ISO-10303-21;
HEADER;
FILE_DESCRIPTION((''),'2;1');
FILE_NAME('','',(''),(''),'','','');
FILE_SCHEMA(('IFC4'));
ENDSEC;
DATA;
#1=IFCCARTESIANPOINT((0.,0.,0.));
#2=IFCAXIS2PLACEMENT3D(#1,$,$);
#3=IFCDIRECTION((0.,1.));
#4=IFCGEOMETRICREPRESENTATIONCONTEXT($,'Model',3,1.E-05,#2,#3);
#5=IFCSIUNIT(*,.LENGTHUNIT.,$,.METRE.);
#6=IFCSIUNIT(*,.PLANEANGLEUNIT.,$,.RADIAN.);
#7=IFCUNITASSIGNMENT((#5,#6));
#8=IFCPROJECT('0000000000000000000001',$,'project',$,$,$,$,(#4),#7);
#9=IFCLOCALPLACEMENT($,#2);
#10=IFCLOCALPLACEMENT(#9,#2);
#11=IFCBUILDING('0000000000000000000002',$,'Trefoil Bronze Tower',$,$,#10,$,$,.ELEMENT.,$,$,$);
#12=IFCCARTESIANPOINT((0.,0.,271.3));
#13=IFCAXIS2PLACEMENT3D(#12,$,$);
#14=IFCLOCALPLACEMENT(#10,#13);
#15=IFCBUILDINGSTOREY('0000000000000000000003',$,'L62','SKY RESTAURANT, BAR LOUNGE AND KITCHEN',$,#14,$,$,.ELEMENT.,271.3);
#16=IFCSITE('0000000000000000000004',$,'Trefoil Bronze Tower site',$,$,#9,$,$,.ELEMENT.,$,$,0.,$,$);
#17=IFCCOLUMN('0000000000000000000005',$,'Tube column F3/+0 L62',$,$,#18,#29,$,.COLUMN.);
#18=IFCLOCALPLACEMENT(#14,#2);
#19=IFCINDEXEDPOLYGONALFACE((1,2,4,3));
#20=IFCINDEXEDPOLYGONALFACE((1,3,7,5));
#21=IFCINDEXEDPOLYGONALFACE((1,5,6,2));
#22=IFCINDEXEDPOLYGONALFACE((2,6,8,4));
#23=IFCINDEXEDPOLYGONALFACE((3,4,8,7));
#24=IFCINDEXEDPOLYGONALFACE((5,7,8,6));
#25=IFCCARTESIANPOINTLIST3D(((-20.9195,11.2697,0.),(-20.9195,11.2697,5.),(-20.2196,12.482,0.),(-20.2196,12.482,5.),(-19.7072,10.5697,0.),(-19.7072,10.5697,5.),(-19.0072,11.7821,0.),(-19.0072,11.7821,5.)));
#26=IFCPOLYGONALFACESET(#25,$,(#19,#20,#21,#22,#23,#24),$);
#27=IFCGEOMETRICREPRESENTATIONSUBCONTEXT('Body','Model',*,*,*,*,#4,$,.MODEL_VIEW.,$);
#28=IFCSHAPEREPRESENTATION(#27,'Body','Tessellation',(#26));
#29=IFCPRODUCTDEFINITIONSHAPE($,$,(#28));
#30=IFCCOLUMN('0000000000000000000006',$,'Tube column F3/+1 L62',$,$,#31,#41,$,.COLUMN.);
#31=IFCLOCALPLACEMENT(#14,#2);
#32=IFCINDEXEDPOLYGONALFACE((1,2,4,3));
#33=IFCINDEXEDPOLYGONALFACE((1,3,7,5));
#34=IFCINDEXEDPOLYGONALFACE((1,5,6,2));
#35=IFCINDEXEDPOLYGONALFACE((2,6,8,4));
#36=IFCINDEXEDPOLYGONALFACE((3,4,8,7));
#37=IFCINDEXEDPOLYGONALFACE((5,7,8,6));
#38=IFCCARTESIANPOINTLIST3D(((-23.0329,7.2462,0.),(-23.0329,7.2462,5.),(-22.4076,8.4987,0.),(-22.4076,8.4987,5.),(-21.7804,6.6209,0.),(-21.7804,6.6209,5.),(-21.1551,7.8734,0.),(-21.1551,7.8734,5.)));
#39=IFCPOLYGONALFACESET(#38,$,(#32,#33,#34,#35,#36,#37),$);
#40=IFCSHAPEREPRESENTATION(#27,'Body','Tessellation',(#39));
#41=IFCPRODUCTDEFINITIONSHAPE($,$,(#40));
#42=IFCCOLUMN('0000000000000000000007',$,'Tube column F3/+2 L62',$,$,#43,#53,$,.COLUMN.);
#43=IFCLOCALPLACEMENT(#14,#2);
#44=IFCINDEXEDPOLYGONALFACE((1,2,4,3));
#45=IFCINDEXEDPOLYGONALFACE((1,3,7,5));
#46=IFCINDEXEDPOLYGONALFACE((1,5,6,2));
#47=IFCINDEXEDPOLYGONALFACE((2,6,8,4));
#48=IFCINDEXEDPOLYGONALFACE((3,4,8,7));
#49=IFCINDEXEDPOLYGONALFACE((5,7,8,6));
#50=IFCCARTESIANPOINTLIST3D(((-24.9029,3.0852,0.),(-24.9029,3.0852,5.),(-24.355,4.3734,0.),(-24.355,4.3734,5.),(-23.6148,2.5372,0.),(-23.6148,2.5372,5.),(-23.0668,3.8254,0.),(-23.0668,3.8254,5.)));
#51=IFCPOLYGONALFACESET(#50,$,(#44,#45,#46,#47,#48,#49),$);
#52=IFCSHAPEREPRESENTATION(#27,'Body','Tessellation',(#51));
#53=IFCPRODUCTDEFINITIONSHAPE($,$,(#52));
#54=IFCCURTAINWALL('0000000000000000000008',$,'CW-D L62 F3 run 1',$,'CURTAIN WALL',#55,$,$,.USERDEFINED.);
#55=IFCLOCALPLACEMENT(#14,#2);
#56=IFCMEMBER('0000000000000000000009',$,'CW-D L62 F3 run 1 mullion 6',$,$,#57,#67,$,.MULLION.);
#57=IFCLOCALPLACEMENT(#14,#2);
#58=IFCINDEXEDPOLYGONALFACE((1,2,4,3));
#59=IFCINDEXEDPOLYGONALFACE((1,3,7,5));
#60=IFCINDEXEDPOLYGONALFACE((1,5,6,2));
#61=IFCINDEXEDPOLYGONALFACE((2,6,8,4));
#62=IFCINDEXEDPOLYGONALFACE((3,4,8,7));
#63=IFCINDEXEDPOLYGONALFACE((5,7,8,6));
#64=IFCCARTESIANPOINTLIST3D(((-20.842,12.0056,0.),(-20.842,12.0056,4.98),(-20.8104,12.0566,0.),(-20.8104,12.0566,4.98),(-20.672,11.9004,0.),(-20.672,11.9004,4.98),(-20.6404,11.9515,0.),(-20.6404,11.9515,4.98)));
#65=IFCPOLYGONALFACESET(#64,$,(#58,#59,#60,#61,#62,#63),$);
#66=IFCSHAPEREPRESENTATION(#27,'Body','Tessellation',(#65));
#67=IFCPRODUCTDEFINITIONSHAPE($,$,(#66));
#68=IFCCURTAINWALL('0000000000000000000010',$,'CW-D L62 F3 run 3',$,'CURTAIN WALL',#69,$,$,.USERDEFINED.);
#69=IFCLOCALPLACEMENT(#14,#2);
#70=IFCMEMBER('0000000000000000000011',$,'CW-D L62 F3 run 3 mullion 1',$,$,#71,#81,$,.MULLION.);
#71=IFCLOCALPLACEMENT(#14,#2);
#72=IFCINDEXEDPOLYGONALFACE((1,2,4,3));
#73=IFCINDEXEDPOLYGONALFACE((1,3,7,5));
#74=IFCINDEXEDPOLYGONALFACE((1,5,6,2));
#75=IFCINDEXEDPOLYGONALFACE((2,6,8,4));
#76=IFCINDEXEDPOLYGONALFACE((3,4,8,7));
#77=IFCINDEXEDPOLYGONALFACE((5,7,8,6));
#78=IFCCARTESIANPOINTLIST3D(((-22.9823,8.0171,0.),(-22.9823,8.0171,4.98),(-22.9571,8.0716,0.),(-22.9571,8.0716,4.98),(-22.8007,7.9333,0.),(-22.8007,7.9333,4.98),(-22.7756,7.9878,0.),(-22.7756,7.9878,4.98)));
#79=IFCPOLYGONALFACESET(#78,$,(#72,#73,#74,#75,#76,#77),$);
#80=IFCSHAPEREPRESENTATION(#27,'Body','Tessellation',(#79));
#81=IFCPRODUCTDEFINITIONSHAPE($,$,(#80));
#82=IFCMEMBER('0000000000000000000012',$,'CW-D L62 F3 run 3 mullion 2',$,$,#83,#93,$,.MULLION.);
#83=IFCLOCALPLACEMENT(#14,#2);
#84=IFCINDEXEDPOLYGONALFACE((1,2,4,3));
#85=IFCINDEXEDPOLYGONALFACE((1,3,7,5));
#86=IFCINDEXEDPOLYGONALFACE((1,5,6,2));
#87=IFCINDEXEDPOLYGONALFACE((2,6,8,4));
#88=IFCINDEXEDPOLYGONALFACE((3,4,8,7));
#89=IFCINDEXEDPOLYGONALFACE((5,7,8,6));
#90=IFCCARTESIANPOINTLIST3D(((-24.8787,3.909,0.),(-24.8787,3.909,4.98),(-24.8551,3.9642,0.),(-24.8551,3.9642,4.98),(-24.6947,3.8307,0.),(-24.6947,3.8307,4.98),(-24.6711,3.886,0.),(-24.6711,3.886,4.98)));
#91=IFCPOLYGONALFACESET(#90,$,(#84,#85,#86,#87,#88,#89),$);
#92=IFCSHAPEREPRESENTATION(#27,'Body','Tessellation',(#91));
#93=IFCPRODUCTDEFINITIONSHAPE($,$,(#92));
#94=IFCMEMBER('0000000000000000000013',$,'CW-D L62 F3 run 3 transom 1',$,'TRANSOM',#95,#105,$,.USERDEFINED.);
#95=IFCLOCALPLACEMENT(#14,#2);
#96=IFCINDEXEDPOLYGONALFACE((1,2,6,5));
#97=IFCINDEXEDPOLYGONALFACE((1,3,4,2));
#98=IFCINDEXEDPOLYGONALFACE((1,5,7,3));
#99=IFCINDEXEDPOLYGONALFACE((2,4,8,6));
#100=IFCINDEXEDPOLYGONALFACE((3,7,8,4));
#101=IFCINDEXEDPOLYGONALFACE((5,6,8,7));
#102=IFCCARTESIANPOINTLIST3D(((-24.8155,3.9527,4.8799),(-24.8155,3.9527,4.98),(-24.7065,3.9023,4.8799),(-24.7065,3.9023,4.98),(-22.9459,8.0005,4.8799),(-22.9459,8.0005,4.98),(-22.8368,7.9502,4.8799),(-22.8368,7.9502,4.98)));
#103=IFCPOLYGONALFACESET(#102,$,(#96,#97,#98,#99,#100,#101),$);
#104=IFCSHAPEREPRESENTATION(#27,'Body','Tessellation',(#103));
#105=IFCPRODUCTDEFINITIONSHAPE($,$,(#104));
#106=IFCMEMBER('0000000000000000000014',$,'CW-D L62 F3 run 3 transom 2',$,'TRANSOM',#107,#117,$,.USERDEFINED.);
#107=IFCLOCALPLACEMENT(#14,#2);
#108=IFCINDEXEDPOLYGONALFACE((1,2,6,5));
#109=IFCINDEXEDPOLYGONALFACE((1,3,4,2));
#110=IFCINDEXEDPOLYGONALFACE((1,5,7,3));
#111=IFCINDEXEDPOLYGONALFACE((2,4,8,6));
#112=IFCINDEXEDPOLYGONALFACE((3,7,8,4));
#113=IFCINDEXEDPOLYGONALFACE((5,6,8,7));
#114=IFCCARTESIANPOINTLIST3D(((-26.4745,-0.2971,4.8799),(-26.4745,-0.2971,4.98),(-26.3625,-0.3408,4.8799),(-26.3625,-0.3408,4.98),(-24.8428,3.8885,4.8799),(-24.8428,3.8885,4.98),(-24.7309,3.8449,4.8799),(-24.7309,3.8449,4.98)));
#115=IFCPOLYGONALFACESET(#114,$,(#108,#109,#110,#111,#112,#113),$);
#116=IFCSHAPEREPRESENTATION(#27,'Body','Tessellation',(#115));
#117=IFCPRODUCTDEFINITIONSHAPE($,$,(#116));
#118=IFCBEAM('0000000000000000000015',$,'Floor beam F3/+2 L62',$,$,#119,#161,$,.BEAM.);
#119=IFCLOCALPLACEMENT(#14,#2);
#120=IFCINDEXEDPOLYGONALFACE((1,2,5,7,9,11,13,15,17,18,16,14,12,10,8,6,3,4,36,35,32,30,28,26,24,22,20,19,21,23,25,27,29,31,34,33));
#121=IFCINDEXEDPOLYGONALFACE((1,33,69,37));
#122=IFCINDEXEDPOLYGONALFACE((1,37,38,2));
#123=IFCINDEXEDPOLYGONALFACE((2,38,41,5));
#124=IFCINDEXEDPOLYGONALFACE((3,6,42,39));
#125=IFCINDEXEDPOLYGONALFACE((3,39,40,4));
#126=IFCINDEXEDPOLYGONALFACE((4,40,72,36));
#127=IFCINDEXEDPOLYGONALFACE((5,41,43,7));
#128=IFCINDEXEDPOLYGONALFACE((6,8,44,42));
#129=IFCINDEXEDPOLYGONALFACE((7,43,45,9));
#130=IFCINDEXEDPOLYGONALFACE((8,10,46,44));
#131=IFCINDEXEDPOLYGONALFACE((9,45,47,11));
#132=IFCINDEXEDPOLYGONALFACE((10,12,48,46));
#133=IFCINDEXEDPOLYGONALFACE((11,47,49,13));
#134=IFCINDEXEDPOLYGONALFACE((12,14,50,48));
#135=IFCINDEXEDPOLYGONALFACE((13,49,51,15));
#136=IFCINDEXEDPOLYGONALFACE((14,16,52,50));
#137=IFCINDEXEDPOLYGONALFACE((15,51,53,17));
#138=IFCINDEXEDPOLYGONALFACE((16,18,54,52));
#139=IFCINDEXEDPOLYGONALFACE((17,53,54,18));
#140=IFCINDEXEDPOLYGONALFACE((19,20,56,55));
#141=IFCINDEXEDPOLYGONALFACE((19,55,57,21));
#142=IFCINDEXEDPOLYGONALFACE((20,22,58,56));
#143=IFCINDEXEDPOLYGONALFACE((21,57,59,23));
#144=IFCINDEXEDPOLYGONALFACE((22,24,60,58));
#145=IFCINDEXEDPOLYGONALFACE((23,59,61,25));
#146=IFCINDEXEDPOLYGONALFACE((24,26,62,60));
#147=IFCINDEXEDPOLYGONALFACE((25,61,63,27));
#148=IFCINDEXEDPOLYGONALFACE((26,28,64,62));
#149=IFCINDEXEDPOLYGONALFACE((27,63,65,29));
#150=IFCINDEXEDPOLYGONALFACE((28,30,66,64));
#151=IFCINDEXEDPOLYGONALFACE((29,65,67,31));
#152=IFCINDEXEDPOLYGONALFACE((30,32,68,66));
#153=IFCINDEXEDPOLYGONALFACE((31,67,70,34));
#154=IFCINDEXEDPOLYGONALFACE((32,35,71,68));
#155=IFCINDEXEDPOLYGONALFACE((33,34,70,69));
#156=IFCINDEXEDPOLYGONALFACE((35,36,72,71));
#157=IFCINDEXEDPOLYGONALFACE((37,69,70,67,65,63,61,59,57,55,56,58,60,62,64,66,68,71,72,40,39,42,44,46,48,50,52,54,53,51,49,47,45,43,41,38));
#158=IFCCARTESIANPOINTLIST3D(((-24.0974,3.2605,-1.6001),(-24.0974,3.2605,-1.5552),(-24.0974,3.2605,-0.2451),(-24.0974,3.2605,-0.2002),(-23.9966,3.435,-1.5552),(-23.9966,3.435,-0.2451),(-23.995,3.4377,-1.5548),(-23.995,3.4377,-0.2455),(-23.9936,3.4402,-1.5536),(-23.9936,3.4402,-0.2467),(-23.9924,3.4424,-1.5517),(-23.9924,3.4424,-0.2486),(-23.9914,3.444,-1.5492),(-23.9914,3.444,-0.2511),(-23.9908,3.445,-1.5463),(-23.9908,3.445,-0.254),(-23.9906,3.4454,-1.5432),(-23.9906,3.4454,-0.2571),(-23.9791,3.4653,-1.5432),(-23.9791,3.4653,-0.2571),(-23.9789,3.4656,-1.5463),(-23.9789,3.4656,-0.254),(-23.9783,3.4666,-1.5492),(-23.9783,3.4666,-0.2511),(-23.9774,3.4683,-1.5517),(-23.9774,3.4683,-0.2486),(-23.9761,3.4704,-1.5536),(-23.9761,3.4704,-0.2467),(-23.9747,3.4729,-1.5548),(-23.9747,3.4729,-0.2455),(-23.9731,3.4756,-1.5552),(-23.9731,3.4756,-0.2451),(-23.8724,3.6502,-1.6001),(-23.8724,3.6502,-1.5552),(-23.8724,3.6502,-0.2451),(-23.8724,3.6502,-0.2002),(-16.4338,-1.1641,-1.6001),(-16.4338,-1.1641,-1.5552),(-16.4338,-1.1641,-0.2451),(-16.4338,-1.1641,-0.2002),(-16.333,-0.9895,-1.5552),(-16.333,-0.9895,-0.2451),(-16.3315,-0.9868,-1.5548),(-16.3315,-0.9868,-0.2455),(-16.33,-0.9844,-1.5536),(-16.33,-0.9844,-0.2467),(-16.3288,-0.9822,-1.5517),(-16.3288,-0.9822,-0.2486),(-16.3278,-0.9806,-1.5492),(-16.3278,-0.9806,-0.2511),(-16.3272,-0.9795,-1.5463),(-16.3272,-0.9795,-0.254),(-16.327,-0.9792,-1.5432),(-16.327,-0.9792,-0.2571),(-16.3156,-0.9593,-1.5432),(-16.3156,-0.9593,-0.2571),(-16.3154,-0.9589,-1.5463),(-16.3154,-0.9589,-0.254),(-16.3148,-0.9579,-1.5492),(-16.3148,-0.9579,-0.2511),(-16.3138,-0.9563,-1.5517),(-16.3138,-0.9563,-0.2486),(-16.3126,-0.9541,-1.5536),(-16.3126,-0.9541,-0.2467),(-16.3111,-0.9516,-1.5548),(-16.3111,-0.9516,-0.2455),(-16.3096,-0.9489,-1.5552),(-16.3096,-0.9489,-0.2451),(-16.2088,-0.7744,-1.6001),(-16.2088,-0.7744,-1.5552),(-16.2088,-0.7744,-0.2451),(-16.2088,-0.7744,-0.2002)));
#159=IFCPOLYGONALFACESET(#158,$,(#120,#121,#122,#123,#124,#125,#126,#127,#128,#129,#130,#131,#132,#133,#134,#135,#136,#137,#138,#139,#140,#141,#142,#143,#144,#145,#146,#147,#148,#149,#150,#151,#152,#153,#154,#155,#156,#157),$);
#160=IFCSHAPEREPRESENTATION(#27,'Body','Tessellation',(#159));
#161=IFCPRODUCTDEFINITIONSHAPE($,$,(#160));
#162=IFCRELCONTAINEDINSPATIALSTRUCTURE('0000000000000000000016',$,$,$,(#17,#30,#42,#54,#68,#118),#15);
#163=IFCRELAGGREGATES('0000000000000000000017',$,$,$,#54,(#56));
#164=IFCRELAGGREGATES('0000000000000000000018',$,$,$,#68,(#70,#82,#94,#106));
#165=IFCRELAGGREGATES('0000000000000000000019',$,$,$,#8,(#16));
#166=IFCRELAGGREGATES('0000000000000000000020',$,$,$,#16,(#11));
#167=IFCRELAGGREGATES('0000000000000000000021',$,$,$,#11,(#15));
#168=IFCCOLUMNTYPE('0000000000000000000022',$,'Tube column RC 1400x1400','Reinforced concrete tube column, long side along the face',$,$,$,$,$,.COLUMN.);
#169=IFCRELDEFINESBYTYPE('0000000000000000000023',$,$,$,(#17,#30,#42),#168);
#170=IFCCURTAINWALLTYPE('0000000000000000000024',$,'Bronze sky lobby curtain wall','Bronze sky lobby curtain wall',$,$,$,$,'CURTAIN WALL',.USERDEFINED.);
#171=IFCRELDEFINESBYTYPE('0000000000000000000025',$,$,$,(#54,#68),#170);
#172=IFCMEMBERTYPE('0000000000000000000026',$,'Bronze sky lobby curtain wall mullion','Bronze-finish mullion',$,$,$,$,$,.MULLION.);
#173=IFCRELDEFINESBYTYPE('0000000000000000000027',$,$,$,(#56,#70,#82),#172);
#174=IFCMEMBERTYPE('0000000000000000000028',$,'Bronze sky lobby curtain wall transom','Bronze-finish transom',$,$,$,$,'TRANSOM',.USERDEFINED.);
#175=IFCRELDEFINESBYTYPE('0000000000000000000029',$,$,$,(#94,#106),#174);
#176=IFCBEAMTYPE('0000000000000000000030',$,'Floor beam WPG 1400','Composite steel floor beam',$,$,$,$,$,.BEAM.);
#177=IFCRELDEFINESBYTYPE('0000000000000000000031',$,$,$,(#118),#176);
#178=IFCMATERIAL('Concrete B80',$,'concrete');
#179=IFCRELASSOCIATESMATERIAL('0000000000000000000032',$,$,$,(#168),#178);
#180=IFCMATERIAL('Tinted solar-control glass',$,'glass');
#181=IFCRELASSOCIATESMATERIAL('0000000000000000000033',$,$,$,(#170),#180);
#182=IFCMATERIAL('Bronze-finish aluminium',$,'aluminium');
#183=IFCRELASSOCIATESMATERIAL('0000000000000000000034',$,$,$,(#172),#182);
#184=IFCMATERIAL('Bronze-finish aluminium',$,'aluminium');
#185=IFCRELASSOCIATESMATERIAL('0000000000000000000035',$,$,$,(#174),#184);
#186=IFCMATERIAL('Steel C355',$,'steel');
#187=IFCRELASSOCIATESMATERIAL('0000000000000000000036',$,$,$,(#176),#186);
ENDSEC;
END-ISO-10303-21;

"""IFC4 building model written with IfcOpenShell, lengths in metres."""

from ifc_helpers import new_model, si_unit, direction, frame, origin, origin_2d, place, context, subcontext, project, spatial, rectangle, i_section, extrude, material, material_profile, profile_set, type_object, element, aggregate, save


model = new_model("IFC4")

# Units and contexts
model_context = context("Model", 3, precision=1e-05, world=origin(), true_north=direction((0.0, 1.0)))
body_context = subcontext(model_context, "Body", "Model", "MODEL_VIEW")
ifc_project = project(units=[si_unit("LENGTHUNIT", "METRE"), si_unit("PLANEANGLEUNIT", "RADIAN")], contexts=[model_context])

# Site, building, storey
site_placement = place(None, origin())
site = spatial("IfcSite", under=ifc_project, at=site_placement, Name="Trefoil Bronze Tower site", CompositionType="ELEMENT", RefElevation=0.0)
building_placement = place(site_placement, origin())
building = spatial("IfcBuilding", under=site, at=building_placement, Name="Trefoil Bronze Tower", CompositionType="ELEMENT")
storey_placement = place(building_placement, frame((0.0, 0.0, 271.3)))
storey = spatial("IfcBuildingStorey", under=building, at=storey_placement, Name="L62", Description="SKY RESTAURANT, BAR LOUNGE AND KITCHEN", CompositionType="ELEMENT", Elevation=271.3)

# Columns
ifc_material_1 = material(Name="Concrete B80", Category="concrete")
ifc_material_profile_1 = material_profile(ifc_material_1, rectangle(XDim=1.3999, YDim=1.3999, at=origin_2d()), Name="RC 1400x1400")
ifc_profile_set_1 = profile_set([ifc_material_profile_1], Name="Concrete B80")
column_type = type_object("IfcColumnType", Name="Tube column RC 1400x1400", Description="Reinforced concrete tube column, long side along the face", PredefinedType="COLUMN", material=ifc_profile_set_1)
for number, where, z_axis, x_axis, name in (
    (1, (-19.9634, 11.5259, 0.0), (0.0, 0.0, 1.0), (-0.5, -0.866025, 0.0), "Tube column F3/+0 L62"),
    (2, (-22.094, 7.5598, 0.0), (0.0, 0.0, 1.0), (-0.446641, -0.894713, 0.0), "Tube column F3/+1 L62"),
    (3, (-23.9849, 3.4553, 0.0), (0.0, 0.0, 1.0), (-0.391436, -0.920205, 0.0), "Tube column F3/+2 L62"),
):
    element("IfcColumn", number, at=place(storey_placement, frame(where, z_axis=z_axis, x_axis=x_axis)), inside=storey, type_object=column_type, Name=name, PredefinedType="COLUMN", context=body_context, shape_type="SweptSolid", body=[
        extrude(rectangle(XDim=1.3999, YDim=1.3999, at=origin_2d()), origin(), (0.0, 0.0, 1.0), 5.0),
    ])

# Curtain wall, member
ifc_material_2 = material(Name="Tinted solar-control glass", Category="glass")
curtain_wall_type = type_object("IfcCurtainWallType", Name="Bronze sky lobby curtain wall", Description="Bronze sky lobby curtain wall", ElementType="CURTAIN WALL", PredefinedType="USERDEFINED", material=ifc_material_2)
curtain_wall_1_placement = place(storey_placement, origin())
curtain_wall_1 = element("IfcCurtainWall", 4, at=curtain_wall_1_placement, inside=storey, type_object=curtain_wall_type, Name="CW-D L62 F3 run 1", ObjectType="CURTAIN WALL", PredefinedType="USERDEFINED")
ifc_material_3 = material(Name="Bronze-finish aluminium", Category="aluminium")
ifc_material_profile_2 = material_profile(ifc_material_3, rectangle(XDim=0.2, YDim=0.0601, at=origin_2d()), Name="CW-D mullion")
ifc_profile_set_2 = profile_set([ifc_material_profile_2], Name="Bronze-finish aluminium")
member_type_1 = type_object("IfcMemberType", Name="Bronze sky lobby curtain wall mullion", Description="Bronze-finish mullion", PredefinedType="MULLION", material=ifc_profile_set_2)
member_1_placement = place(storey_placement, frame((-20.7412, 11.9785, 0.0), z_axis=(0.0, 0.0, 1.0), x_axis=(0.850497, -0.52598, 0.0)))
member_1 = element("IfcMember", 5, at=member_1_placement, type_object=member_type_1, Name="CW-D L62 F3 run 1 mullion 6", PredefinedType="MULLION", context=body_context, shape_type="SweptSolid", body=[
    extrude(rectangle(XDim=0.2, YDim=0.0601, at=origin_2d()), origin(), (0.0, 0.0, 1.0), 4.98),
])

# Curtain wall, members
curtain_wall_2_placement = place(storey_placement, origin())
curtain_wall_2 = element("IfcCurtainWall", 6, at=curtain_wall_2_placement, inside=storey, type_object=curtain_wall_type, Name="CW-D L62 F3 run 3", ObjectType="CURTAIN WALL", PredefinedType="USERDEFINED")
member_2_placement = place(storey_placement, frame((-22.8789, 8.0024, 0.0), z_axis=(0.0, 0.0, 1.0), x_axis=(0.907844, -0.419309, 0.0)))
member_2 = element("IfcMember", 7, at=member_2_placement, type_object=member_type_1, Name="CW-D L62 F3 run 3 mullion 1", PredefinedType="MULLION", context=body_context, shape_type="SweptSolid", body=[
    extrude(rectangle(XDim=0.2, YDim=0.0601, at=origin_2d()), origin(), (0.0, 0.0, 1.0), 4.98),
])
member_3_placement = place(storey_placement, frame((-24.7749, 3.8975, 0.0), z_axis=(0.0, 0.0, 1.0), x_axis=(0.920205, -0.391436, 0.0)))
member_3 = element("IfcMember", 8, at=member_3_placement, type_object=member_type_1, Name="CW-D L62 F3 run 3 mullion 2", PredefinedType="MULLION", context=body_context, shape_type="SweptSolid", body=[
    extrude(rectangle(XDim=0.2, YDim=0.0601, at=origin_2d()), origin(), (0.0, 0.0, 1.0), 4.98),
])
ifc_material_4 = material(Name="Bronze-finish aluminium", Category="aluminium")
ifc_material_profile_3 = material_profile(ifc_material_4, rectangle(XDim=0.1201, YDim=0.1001, at=origin_2d()), Name="CW-D transom")
ifc_profile_set_3 = profile_set([ifc_material_profile_3], Name="Bronze-finish aluminium")
member_type_2 = type_object("IfcMemberType", Name="Bronze sky lobby curtain wall transom", Description="Bronze-finish transom", ElementType="TRANSOM", PredefinedType="USERDEFINED", material=ifc_profile_set_3)
member_4_placement = place(storey_placement, frame((-22.8914, 7.9753, 4.9299), z_axis=(-0.419315, -0.907841, 0.0), x_axis=(0.907841, -0.419315, 0.0)))
member_4 = element("IfcMember", 9, at=member_4_placement, type_object=member_type_2, Name="CW-D L62 F3 run 3 transom 1", ObjectType="TRANSOM", PredefinedType="USERDEFINED", context=body_context, shape_type="SweptSolid", body=[
    extrude(rectangle(XDim=0.1201, YDim=0.1001, at=origin_2d()), origin(), (0.0, 0.0, 1.0), 4.4587),
])
member_5_placement = place(storey_placement, frame((-24.7869, 3.8667, 4.9299), z_axis=(-0.363196, -0.931713, 0.0), x_axis=(0.931713, -0.363196, 0.0)))
member_5 = element("IfcMember", 10, at=member_5_placement, type_object=member_type_2, Name="CW-D L62 F3 run 3 transom 2", ObjectType="TRANSOM", PredefinedType="USERDEFINED", context=body_context, shape_type="SweptSolid", body=[
    extrude(rectangle(XDim=0.1201, YDim=0.1001, at=origin_2d()), origin(), (0.0, 0.0, 1.0), 4.4924),
])

# Beam
ifc_material_5 = material(Name="Steel C355", Category="steel")
ifc_material_profile_4 = material_profile(ifc_material_5, i_section(OverallWidth=0.45, OverallDepth=1.3999, WebThickness=0.0229, FlangeThickness=0.0449, FilletRadius=0.012, at=origin_2d()), Name="WPG 1400")
ifc_profile_set_4 = profile_set([ifc_material_profile_4], Name="Steel C355")
beam_type_1 = type_object("IfcBeamType", Name="Floor beam WPG 1400", Description="Composite steel floor beam", PredefinedType="BEAM", material=ifc_profile_set_4)
beam_1_placement = place(storey_placement, frame((-23.9849, 3.4553, -0.9001), z_axis=(0.866026, -0.499999, 0.0), x_axis=(0.499999, 0.866026, 0.0)))
element("IfcBeam", 11, at=beam_1_placement, inside=storey, type_object=beam_type_1, Name="Floor beam F3/+2 L62", PredefinedType="BEAM", context=body_context, shape_type="SweptSolid", body=[
    extrude(i_section(OverallWidth=0.45, OverallDepth=1.3999, WebThickness=0.0229, FlangeThickness=0.0449, FilletRadius=0.012, at=origin_2d()), origin(), (0.0, 0.0, 1.0), 8.8491),
])

aggregate(curtain_wall_1, [member_1])
aggregate(curtain_wall_2, [member_2, member_3, member_4, member_5])

save(model, "model.ifc")
